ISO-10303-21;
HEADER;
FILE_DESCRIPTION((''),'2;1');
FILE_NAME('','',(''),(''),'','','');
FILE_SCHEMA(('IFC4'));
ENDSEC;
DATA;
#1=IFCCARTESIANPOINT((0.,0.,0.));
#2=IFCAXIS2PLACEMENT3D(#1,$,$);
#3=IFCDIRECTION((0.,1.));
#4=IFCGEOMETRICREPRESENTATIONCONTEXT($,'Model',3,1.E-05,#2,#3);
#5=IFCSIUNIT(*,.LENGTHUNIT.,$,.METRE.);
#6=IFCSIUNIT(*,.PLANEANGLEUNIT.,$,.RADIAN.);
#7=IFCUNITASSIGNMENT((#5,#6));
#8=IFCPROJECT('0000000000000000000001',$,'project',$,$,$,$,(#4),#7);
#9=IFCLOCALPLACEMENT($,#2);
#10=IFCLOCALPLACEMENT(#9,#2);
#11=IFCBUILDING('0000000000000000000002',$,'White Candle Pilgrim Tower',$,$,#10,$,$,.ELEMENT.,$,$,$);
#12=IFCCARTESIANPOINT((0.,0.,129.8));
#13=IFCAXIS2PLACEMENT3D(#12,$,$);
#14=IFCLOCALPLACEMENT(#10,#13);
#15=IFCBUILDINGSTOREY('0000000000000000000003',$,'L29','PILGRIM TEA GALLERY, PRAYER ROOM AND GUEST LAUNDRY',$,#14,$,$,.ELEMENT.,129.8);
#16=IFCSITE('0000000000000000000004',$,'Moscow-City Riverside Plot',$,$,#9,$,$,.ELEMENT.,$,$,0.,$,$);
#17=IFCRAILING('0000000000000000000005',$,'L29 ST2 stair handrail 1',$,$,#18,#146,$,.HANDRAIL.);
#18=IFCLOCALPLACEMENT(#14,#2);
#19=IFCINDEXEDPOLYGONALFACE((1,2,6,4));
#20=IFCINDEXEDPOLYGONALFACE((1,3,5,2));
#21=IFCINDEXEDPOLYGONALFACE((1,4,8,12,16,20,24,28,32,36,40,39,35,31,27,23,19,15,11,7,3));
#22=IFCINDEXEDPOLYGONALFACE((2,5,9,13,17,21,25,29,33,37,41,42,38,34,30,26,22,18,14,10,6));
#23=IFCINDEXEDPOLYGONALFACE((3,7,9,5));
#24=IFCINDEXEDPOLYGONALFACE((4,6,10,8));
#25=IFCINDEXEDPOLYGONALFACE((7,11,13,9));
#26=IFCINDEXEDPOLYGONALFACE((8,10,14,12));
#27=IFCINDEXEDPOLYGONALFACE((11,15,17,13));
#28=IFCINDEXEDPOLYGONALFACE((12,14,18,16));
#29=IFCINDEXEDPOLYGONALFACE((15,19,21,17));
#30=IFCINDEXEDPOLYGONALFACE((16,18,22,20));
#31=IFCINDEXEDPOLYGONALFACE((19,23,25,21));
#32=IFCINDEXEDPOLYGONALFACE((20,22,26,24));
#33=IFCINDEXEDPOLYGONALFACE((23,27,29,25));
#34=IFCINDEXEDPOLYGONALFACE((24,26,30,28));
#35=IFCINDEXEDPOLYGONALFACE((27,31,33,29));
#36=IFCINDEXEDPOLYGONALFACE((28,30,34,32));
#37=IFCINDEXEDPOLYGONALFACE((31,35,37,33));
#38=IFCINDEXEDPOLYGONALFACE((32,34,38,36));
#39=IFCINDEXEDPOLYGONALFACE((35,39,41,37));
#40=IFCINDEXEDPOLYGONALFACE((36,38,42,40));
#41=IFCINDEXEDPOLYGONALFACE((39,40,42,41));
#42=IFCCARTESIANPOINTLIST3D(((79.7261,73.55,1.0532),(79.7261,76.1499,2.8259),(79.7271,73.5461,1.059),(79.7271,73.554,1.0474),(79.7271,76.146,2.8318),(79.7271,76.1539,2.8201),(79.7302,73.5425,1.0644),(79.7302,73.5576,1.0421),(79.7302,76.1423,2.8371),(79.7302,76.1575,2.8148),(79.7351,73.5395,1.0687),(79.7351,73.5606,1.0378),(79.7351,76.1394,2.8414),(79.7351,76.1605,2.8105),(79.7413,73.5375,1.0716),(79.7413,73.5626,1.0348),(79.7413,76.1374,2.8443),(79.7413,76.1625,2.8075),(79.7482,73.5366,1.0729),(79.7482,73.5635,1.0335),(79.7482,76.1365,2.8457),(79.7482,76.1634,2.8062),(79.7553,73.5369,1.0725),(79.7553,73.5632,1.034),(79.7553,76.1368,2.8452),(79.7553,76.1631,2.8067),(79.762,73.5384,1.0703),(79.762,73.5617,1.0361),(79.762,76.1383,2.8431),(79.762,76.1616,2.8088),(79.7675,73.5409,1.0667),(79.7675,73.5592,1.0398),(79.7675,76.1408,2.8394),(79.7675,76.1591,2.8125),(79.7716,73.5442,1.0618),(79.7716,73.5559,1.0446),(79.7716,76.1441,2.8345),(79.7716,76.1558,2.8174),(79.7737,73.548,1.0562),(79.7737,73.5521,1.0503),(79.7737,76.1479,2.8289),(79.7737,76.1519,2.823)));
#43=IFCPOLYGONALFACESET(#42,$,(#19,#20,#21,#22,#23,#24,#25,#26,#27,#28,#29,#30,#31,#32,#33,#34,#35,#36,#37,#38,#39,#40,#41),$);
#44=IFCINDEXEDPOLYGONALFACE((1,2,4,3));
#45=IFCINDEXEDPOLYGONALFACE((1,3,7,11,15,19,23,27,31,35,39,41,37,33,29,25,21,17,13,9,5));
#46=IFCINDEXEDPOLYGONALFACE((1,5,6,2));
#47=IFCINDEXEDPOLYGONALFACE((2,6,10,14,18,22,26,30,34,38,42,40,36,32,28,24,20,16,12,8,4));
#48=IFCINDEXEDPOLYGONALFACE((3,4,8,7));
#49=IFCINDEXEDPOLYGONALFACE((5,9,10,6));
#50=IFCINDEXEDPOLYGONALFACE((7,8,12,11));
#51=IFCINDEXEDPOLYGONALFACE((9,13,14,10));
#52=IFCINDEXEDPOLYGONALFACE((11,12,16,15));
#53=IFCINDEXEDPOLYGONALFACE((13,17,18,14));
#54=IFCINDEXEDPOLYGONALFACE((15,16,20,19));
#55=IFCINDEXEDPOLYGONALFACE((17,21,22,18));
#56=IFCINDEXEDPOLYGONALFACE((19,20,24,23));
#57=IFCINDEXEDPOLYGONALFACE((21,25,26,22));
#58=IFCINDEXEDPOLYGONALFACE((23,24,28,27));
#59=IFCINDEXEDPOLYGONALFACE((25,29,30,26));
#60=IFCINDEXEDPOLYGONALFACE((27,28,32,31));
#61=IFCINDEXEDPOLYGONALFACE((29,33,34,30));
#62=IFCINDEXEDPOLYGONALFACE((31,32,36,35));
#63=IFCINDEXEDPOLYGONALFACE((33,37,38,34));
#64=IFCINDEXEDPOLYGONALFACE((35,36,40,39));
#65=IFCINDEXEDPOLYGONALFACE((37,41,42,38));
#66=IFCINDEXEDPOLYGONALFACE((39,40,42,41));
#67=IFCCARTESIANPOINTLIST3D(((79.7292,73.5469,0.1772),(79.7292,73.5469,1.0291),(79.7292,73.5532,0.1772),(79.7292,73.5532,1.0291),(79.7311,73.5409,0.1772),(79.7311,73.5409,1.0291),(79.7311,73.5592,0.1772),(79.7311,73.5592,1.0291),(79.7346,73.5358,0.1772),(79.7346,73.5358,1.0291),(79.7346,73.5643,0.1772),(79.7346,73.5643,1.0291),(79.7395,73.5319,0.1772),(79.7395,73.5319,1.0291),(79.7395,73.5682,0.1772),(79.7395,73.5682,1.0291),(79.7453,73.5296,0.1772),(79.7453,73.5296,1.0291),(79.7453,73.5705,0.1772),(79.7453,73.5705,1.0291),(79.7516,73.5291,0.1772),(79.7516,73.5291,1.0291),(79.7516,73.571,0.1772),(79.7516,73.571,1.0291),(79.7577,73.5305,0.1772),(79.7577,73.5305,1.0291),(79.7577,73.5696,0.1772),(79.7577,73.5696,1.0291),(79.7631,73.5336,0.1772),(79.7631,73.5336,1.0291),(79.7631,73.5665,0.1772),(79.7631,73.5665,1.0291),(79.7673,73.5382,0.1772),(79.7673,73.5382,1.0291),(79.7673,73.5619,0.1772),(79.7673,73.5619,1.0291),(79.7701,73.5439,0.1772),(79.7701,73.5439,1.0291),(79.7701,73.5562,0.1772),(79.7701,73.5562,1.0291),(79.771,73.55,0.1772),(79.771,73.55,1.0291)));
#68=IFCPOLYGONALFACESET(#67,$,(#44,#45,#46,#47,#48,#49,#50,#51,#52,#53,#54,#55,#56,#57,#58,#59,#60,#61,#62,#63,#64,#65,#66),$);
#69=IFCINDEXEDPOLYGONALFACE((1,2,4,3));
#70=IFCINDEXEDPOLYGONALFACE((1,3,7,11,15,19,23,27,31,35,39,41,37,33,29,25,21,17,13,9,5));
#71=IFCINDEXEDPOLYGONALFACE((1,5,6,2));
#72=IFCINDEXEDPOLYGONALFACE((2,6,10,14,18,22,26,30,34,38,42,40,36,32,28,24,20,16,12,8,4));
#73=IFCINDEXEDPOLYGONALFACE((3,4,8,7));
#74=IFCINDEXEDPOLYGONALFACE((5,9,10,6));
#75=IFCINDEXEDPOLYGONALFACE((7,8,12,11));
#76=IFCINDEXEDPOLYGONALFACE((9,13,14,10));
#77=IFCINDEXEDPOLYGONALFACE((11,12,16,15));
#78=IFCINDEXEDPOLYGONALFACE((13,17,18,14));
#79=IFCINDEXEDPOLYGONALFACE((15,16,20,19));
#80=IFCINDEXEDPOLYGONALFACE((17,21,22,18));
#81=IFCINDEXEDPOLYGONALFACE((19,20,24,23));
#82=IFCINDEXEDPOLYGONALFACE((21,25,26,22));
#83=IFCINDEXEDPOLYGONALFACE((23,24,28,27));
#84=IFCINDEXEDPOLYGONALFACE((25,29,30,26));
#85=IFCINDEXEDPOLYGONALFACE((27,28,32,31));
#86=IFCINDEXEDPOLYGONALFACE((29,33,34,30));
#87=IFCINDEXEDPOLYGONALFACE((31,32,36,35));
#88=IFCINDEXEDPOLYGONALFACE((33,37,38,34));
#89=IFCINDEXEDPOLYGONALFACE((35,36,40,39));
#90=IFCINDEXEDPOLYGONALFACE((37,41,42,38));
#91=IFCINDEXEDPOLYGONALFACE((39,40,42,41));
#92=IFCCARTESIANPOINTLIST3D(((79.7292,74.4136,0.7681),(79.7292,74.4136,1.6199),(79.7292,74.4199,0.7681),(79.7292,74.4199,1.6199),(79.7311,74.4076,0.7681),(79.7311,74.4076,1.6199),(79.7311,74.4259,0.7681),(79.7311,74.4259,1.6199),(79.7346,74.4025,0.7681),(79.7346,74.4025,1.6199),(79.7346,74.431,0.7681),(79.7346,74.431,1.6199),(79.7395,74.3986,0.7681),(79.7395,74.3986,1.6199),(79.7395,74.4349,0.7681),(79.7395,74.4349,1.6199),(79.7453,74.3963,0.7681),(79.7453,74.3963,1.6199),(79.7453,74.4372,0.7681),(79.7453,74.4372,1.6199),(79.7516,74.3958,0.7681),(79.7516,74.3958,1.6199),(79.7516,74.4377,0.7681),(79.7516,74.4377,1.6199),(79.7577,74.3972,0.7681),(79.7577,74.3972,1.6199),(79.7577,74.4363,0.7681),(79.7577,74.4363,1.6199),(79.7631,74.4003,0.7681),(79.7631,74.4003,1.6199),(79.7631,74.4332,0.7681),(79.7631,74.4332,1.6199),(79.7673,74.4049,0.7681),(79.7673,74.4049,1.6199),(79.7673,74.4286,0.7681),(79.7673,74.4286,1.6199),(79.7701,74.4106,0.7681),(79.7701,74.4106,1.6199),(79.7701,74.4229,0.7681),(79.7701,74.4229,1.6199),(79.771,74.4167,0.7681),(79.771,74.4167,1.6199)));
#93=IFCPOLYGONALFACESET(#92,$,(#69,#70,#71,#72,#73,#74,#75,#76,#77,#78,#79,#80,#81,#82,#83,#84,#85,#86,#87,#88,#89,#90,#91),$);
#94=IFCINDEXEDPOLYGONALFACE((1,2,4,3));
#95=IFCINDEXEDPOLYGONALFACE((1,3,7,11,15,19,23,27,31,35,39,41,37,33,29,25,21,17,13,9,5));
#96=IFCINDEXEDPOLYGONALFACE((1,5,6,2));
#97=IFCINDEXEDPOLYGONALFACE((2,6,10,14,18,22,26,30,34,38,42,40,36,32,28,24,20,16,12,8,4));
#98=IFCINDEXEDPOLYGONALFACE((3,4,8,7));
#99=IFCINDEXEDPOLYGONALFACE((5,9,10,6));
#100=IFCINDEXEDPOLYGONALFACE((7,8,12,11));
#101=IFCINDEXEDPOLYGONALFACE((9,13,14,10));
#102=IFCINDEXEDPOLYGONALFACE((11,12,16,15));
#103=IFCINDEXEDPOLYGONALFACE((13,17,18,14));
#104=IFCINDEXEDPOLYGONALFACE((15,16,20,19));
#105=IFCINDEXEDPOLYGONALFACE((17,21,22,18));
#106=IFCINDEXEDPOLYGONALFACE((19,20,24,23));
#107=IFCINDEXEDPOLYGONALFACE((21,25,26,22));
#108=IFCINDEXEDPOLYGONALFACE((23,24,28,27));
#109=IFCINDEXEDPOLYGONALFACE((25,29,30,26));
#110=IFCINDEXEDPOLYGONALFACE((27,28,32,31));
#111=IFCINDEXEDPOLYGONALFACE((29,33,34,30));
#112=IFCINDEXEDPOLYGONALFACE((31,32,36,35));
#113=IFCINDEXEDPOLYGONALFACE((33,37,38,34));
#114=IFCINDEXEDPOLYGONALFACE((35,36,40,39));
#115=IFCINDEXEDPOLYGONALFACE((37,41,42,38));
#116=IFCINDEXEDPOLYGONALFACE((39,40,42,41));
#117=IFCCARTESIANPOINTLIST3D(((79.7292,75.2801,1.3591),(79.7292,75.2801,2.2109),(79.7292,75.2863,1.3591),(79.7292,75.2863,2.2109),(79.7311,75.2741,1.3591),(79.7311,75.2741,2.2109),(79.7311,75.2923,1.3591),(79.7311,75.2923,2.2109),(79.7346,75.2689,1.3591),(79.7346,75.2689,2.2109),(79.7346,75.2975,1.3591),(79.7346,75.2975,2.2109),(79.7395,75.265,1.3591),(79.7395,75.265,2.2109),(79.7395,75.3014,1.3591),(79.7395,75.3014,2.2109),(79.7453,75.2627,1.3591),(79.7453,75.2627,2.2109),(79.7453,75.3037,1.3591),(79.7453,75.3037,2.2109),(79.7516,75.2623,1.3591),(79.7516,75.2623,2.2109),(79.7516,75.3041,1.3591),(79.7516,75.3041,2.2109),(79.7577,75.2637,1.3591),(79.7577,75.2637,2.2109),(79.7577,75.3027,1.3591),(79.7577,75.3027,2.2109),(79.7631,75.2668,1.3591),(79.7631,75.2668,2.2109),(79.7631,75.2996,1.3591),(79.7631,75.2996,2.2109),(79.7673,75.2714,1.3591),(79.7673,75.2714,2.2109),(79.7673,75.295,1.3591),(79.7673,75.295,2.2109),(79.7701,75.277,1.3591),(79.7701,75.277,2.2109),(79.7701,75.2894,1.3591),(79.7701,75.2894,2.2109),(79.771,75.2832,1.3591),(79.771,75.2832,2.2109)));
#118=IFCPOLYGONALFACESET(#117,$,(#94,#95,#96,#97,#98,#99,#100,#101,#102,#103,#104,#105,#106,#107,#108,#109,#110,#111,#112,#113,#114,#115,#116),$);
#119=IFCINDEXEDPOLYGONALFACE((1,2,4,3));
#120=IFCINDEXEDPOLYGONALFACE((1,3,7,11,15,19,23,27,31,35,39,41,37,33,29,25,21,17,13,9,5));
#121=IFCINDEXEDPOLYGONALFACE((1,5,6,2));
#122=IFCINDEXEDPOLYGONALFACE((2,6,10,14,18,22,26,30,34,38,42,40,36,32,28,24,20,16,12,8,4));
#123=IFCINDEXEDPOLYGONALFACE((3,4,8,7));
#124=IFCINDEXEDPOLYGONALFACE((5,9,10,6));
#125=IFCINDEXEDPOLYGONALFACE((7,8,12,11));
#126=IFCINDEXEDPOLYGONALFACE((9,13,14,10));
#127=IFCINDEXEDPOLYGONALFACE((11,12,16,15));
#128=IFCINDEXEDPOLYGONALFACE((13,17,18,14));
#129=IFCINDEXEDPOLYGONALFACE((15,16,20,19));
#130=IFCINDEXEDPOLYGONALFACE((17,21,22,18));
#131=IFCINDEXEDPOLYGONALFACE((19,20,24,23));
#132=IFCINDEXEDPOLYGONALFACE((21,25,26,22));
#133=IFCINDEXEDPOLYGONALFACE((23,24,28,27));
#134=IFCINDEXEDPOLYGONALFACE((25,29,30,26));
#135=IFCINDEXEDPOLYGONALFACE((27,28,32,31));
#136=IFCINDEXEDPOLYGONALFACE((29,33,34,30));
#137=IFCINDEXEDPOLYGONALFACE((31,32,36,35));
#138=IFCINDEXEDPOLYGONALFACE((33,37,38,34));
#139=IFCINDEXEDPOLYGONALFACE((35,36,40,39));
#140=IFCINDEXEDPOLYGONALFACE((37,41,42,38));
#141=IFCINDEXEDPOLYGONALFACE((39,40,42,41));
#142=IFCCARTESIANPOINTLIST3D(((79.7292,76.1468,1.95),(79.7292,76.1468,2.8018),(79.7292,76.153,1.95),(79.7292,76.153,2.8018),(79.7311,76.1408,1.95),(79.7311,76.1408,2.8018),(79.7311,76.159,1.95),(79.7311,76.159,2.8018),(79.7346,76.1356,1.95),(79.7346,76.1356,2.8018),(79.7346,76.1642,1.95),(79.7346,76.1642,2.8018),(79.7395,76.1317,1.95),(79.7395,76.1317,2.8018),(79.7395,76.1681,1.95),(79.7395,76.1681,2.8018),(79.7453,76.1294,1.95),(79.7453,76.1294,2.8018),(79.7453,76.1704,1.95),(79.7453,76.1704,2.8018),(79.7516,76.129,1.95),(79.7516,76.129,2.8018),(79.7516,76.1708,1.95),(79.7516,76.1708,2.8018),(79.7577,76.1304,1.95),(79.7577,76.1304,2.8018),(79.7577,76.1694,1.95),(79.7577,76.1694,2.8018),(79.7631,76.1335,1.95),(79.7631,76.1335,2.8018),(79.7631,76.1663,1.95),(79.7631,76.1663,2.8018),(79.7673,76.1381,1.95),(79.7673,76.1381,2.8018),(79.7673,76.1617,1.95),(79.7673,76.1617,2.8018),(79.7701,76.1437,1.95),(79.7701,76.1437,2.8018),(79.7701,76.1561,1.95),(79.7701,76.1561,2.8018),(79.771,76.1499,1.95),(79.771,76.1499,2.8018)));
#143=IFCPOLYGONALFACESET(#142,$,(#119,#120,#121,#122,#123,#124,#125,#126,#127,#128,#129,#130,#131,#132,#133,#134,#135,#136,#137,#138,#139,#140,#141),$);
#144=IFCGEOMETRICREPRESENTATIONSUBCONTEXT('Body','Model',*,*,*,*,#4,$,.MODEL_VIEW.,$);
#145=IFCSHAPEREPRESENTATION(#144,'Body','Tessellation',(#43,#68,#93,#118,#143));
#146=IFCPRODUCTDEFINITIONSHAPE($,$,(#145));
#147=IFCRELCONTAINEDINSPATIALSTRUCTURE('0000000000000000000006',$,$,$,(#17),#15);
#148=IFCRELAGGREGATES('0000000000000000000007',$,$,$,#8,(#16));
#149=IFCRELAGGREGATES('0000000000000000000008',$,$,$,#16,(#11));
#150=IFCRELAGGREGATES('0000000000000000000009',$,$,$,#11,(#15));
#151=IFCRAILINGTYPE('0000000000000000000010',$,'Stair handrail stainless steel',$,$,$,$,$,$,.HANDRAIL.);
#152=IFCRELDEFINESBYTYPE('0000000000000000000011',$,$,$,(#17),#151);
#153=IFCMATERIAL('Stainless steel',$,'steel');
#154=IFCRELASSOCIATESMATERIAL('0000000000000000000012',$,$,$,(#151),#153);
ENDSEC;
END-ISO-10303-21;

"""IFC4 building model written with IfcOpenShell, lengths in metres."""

from ifc_helpers import new_model, si_unit, direction, frame, origin, origin_2d, place, context, subcontext, project, spatial, circle, extrude, material, type_object, element, save


model = new_model("IFC4")

# Units and contexts
model_context = context("Model", 3, precision=1e-05, world=origin(), true_north=direction((0.0, 1.0)))
body_context = subcontext(model_context, "Body", "Model", "MODEL_VIEW")
ifc_project = project(units=[si_unit("LENGTHUNIT", "METRE"), si_unit("PLANEANGLEUNIT", "RADIAN")], contexts=[model_context])

# Site, building, storey
site_placement = place(None, origin())
site = spatial("IfcSite", under=ifc_project, at=site_placement, Name="Moscow-City Riverside Plot", CompositionType="ELEMENT", RefElevation=0.0)
building_placement = place(site_placement, origin())
building = spatial("IfcBuilding", under=site, at=building_placement, Name="White Candle Pilgrim Tower", CompositionType="ELEMENT")
storey_placement = place(building_placement, frame((0.0, 0.0, 129.8)))
storey = spatial("IfcBuildingStorey", under=building, at=storey_placement, Name="L29", Description="PILGRIM TEA GALLERY, PRAYER ROOM AND GUEST LAUNDRY", CompositionType="ELEMENT", Elevation=129.8)

# Railing
ifc_material_1 = material(Name="Stainless steel", Category="steel")
railing_type_1 = type_object("IfcRailingType", Name="Stair handrail stainless steel", PredefinedType="HANDRAIL", material=ifc_material_1)
railing_1_placement = place(storey_placement, frame((79.75, 73.55, 0.1772)))
element("IfcRailing", 1, at=railing_1_placement, inside=storey, type_object=railing_type_1, Name="L29 ST2 stair handrail 1", PredefinedType="HANDRAIL", context=body_context, shape_type="SweptSolid", body=[
    extrude(circle(Radius=0.0239, at=origin_2d()), frame((0.0, 0.0, 0.876), z_axis=(0.0, 0.826216, 0.563354), x_axis=(-1.0, 0.0, 0.0)), (0.0, 0.0, 1.0), 3.1467),
    extrude(circle(Radius=0.021, at=origin_2d()), origin(), (0.0, 0.0, 1.0), 0.8518),
    extrude(circle(Radius=0.021, at=origin_2d()), frame((0.0, 0.8667, 0.5908)), (0.0, 0.0, 1.0), 0.8518),
    extrude(circle(Radius=0.021, at=origin_2d()), frame((0.0, 1.7332, 1.1819)), (0.0, 0.0, 1.0), 0.8518),
    extrude(circle(Radius=0.021, at=origin_2d()), frame((0.0, 2.5999, 1.7727)), (0.0, 0.0, 1.0), 0.8518),
])

save(model, "model.ifc")
